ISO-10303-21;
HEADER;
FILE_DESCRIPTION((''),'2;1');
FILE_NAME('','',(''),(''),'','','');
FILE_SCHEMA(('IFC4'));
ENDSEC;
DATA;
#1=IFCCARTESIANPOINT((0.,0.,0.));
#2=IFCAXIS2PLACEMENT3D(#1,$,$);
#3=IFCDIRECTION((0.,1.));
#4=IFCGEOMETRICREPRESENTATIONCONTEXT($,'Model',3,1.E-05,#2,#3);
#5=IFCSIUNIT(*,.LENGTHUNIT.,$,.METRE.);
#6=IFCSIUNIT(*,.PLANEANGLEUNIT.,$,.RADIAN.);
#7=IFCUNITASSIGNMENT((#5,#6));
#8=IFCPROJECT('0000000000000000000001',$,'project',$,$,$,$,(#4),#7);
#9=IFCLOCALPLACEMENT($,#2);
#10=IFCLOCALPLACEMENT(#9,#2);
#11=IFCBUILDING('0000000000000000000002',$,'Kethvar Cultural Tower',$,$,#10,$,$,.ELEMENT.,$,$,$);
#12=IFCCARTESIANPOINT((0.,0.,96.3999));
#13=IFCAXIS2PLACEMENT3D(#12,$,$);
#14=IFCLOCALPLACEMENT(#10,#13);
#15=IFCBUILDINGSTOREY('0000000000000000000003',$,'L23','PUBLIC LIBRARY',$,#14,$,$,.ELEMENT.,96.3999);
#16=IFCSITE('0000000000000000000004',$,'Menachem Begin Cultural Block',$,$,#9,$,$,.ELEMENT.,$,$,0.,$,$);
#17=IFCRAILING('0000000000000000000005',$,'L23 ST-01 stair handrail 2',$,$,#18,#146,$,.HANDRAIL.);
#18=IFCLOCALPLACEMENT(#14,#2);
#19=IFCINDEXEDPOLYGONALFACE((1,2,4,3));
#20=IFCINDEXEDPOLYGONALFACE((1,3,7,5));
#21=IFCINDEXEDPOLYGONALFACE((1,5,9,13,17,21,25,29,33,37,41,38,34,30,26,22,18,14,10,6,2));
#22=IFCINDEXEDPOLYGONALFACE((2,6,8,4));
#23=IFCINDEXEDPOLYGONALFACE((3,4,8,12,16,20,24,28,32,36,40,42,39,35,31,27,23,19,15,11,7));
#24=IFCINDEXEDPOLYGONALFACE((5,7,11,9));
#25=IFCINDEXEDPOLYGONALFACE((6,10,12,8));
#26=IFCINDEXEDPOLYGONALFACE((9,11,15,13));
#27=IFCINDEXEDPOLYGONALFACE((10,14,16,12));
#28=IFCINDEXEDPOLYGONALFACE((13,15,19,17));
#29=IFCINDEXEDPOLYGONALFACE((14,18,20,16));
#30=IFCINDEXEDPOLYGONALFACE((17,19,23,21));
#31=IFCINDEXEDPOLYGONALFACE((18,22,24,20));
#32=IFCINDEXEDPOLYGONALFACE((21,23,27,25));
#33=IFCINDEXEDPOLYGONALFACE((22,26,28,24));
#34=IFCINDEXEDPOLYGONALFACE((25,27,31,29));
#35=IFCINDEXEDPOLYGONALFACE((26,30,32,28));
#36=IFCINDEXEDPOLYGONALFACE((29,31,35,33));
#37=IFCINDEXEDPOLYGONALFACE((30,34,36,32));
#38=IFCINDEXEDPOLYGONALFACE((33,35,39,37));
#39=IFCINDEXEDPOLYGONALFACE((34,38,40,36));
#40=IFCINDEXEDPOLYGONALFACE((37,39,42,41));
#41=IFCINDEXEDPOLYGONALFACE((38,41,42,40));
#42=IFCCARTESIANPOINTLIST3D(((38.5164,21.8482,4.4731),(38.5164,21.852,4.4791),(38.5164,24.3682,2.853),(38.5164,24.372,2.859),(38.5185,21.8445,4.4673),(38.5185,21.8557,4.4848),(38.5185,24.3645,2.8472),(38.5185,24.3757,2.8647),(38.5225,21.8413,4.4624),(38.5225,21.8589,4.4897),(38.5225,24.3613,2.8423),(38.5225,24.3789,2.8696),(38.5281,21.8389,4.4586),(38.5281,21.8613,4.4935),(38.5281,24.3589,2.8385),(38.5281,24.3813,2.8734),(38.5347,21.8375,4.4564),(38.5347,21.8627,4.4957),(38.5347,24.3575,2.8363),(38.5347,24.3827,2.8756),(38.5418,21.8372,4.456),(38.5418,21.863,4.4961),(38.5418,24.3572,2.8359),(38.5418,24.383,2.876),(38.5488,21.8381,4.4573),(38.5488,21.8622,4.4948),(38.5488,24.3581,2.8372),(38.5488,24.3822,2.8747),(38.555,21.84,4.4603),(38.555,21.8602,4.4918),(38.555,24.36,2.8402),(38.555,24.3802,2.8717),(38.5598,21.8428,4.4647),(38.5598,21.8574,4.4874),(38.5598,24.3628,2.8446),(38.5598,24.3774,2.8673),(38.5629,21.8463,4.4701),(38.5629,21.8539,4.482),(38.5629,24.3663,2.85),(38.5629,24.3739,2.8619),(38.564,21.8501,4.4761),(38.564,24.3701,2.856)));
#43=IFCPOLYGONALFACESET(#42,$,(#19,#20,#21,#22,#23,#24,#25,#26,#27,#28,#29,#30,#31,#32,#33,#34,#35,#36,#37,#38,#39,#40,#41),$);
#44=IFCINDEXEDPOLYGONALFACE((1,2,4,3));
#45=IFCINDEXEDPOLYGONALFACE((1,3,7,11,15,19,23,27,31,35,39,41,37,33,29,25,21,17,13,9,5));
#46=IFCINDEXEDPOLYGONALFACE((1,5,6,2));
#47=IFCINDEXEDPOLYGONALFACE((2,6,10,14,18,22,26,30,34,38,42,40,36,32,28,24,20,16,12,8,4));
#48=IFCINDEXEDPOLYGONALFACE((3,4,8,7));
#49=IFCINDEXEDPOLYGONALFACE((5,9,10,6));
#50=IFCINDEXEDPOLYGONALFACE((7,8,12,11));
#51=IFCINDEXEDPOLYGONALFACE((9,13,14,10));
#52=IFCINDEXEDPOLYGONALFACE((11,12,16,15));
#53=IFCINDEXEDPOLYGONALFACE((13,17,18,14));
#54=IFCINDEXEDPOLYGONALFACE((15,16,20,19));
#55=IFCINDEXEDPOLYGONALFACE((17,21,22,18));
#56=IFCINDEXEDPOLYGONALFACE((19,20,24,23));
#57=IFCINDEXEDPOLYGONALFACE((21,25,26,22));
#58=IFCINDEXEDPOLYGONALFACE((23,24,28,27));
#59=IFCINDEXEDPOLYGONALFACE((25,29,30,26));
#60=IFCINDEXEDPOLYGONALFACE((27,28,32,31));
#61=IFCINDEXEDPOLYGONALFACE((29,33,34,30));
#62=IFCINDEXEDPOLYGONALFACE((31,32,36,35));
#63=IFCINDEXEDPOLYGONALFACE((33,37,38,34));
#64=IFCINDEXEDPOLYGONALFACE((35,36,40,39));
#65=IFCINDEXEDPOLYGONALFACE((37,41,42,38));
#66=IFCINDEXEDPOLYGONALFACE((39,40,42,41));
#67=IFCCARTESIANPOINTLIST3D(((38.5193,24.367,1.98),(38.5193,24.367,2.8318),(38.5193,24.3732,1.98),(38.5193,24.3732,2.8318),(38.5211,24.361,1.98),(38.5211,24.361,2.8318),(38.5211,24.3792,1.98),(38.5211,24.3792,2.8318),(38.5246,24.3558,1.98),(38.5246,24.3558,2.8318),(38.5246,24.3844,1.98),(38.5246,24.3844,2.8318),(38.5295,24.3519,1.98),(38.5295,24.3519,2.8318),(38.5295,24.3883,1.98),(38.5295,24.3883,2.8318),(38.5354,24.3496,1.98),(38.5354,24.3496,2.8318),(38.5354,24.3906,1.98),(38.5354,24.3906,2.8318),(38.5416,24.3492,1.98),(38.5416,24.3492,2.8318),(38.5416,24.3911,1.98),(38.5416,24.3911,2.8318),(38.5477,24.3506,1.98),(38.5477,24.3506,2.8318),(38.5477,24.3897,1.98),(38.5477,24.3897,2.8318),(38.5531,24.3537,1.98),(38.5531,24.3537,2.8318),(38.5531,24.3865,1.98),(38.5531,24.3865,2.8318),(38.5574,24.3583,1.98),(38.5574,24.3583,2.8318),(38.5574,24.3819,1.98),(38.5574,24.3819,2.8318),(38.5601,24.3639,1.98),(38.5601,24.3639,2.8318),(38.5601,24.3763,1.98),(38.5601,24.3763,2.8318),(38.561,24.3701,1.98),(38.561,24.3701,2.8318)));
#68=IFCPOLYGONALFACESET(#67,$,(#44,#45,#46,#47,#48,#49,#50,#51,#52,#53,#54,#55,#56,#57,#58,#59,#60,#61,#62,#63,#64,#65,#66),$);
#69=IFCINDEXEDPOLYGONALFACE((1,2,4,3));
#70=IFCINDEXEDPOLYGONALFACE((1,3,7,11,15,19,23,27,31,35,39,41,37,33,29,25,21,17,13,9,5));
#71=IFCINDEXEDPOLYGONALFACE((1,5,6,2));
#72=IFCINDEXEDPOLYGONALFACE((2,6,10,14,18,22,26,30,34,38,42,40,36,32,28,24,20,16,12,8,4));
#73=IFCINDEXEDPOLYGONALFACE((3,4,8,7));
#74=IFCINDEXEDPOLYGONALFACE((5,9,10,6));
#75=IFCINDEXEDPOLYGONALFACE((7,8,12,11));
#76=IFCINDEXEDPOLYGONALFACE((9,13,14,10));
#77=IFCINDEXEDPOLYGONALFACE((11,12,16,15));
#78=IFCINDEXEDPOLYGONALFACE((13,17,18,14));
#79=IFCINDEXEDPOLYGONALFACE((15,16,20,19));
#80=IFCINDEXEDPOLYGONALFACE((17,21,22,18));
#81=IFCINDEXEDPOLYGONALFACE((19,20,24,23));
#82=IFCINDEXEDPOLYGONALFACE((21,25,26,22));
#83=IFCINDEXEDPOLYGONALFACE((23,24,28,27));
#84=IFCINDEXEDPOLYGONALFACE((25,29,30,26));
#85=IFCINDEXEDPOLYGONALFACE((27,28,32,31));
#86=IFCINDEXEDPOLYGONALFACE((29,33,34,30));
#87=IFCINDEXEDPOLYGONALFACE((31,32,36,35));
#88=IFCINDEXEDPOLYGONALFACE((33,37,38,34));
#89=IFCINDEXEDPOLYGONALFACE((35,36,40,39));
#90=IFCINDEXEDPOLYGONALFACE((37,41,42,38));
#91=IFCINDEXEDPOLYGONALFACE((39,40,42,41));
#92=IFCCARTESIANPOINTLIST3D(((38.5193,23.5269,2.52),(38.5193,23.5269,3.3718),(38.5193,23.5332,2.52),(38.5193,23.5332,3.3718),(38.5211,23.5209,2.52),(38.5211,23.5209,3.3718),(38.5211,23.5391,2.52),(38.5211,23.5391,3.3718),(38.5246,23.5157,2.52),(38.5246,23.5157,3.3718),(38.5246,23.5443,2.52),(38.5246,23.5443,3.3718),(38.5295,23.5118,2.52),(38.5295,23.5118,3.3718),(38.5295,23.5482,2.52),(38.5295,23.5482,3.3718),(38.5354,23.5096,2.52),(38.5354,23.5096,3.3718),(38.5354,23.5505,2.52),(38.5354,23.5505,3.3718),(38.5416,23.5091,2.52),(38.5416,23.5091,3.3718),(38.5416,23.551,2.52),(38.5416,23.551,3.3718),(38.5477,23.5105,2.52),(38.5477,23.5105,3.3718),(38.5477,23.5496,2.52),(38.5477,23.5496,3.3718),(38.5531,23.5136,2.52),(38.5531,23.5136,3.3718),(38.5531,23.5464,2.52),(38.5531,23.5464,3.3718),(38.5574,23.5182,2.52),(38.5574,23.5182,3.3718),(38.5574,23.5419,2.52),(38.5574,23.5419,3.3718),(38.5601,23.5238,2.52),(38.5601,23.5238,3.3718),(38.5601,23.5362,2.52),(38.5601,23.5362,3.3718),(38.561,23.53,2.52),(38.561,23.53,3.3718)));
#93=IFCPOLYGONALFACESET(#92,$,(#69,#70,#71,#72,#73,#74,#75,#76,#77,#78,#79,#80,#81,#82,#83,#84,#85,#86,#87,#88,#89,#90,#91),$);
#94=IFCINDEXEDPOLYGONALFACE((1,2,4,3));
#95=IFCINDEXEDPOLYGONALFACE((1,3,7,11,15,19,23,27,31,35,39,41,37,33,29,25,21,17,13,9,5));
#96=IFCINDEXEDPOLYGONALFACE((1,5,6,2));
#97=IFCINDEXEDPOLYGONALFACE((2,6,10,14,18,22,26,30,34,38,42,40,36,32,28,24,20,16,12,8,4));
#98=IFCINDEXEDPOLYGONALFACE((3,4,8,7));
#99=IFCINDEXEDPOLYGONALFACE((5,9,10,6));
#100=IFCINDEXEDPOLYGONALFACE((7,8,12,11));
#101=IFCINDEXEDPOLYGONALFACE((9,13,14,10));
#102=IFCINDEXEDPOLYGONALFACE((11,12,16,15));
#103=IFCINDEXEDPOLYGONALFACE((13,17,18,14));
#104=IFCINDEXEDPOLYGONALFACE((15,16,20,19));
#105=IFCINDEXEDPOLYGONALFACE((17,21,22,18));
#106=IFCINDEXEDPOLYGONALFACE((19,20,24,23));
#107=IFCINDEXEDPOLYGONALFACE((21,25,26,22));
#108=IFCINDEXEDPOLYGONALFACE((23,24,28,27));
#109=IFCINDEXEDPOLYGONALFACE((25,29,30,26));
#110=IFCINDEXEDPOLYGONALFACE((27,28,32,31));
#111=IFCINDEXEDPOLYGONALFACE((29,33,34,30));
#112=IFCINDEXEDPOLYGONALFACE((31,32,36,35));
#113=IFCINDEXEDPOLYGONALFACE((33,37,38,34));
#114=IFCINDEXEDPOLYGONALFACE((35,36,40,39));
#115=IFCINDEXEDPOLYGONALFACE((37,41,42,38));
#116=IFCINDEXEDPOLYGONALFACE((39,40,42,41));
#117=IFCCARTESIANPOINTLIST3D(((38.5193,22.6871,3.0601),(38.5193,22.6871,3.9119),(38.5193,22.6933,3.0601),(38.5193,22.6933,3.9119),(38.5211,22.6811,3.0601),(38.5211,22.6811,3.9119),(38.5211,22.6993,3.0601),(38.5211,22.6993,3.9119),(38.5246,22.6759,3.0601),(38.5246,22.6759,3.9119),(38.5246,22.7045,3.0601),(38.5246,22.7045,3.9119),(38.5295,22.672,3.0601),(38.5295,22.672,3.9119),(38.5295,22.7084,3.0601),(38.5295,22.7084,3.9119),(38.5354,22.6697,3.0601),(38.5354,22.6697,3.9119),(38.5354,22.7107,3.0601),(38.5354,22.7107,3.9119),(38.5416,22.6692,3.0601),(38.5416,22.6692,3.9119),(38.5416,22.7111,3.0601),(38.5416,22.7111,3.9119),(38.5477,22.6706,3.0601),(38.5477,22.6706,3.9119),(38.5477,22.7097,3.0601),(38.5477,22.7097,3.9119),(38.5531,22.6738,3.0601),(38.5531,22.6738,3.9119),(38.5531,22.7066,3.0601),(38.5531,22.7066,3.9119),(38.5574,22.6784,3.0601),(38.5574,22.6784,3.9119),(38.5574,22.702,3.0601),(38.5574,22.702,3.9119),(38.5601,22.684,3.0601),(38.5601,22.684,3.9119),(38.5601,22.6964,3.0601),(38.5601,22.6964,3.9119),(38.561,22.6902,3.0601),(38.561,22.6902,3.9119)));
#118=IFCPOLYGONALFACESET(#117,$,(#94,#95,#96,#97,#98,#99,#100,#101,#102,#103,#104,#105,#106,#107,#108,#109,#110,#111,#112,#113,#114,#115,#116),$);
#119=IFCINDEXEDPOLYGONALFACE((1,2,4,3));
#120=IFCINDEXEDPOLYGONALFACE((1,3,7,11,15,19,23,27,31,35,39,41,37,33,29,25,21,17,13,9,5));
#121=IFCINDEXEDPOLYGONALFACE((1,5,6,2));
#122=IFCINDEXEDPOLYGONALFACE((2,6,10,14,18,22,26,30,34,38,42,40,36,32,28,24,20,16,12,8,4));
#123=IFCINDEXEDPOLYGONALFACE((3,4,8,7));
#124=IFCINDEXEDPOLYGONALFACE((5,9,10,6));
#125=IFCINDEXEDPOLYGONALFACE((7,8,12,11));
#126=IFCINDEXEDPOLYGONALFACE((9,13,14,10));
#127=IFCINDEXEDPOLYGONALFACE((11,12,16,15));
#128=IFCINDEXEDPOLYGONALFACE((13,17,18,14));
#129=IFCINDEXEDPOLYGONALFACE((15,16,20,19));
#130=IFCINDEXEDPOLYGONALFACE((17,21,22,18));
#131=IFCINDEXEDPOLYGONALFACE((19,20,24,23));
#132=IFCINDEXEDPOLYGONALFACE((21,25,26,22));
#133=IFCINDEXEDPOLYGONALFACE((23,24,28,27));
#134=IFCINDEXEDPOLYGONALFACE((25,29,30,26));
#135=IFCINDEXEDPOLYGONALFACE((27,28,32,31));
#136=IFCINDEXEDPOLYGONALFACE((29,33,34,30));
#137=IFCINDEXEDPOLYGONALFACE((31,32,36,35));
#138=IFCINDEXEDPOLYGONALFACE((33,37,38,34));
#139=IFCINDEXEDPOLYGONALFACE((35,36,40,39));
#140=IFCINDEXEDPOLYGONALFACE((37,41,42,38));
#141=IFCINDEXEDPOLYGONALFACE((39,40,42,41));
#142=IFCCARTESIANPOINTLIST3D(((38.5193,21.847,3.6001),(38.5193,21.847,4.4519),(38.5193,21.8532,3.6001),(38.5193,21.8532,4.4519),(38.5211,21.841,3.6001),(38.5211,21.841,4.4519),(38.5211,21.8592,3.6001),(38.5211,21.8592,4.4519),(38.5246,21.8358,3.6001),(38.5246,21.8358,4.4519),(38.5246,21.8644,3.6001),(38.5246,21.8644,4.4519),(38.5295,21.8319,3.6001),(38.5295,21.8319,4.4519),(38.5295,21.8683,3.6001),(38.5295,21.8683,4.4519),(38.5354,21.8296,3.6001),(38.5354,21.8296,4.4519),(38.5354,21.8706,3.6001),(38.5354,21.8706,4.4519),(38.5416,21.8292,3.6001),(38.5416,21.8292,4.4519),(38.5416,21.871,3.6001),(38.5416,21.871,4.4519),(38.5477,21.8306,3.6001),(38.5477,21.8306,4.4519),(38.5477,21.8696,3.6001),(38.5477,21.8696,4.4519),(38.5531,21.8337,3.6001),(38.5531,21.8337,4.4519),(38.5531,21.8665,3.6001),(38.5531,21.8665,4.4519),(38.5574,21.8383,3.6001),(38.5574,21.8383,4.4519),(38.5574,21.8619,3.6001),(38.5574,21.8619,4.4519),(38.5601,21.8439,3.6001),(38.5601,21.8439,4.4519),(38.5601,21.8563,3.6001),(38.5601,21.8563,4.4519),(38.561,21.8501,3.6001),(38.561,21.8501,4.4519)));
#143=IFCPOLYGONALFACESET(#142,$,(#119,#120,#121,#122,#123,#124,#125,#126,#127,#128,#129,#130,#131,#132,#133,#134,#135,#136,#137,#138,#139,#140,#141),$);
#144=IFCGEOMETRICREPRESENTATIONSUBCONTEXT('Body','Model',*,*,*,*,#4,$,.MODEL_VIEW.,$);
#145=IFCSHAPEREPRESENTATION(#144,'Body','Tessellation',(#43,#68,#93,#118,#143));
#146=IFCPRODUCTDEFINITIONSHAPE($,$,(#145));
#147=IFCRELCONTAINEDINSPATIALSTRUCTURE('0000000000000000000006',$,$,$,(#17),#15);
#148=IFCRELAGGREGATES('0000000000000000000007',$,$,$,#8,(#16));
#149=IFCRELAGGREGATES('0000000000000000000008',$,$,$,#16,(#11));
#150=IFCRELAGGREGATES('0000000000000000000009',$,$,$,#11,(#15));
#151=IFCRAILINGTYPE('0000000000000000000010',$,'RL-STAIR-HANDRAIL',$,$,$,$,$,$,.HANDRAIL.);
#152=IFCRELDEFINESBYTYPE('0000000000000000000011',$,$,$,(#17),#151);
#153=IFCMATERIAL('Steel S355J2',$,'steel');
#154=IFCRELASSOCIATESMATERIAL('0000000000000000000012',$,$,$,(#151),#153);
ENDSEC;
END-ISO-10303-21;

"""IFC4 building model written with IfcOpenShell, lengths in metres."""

from ifc_helpers import new_model, si_unit, direction, frame, origin, origin_2d, place, context, subcontext, project, spatial, circle, extrude, material, type_object, element, save


model = new_model("IFC4")

# Units and contexts
model_context = context("Model", 3, precision=1e-05, world=origin(), true_north=direction((0.0, 1.0)))
body_context = subcontext(model_context, "Body", "Model", "MODEL_VIEW")
ifc_project = project(units=[si_unit("LENGTHUNIT", "METRE"), si_unit("PLANEANGLEUNIT", "RADIAN")], contexts=[model_context])

# Site, building, storey
site_placement = place(None, origin())
site = spatial("IfcSite", under=ifc_project, at=site_placement, Name="Menachem Begin Cultural Block", CompositionType="ELEMENT", RefElevation=0.0)
building_placement = place(site_placement, origin())
building = spatial("IfcBuilding", under=site, at=building_placement, Name="Kethvar Cultural Tower", CompositionType="ELEMENT")
storey_placement = place(building_placement, frame((0.0, 0.0, 96.3999)))
storey = spatial("IfcBuildingStorey", under=building, at=storey_placement, Name="L23", Description="PUBLIC LIBRARY", CompositionType="ELEMENT", Elevation=96.3999)

# Shared definitions
ifc_material_1 = material(Name="Steel S355J2", Category="steel")

# Railing
railing_type_1 = type_object("IfcRailingType", Name="RL-STAIR-HANDRAIL", PredefinedType="HANDRAIL", material=ifc_material_1)
railing_1_placement = place(storey_placement, frame((38.54, 24.3701, 1.98)))
element("IfcRailing", 1, at=railing_1_placement, inside=storey, type_object=railing_type_1, Name="L23 ST-01 stair handrail 2", PredefinedType="HANDRAIL", context=body_context, shape_type="SweptSolid", body=[
    extrude(circle(Radius=0.0239, at=origin_2d()), frame((0.0, 0.0, 0.876), z_axis=(0.0, -0.841163, 0.540782), x_axis=(1.0, 0.0, 0.0)), (0.0, 0.0, 1.0), 2.9958),
    extrude(circle(Radius=0.021, at=origin_2d()), origin(), (0.0, 0.0, 1.0), 0.8518),
    extrude(circle(Radius=0.021, at=origin_2d()), frame((0.0, -0.8401, 0.54)), (0.0, 0.0, 1.0), 0.8518),
    extrude(circle(Radius=0.021, at=origin_2d()), frame((0.0, -1.6799, 1.0801)), (0.0, 0.0, 1.0), 0.8518),
    extrude(circle(Radius=0.021, at=origin_2d()), frame((0.0, -2.52, 1.6201)), (0.0, 0.0, 1.0), 0.8518),
])

save(model, "model.ifc")
